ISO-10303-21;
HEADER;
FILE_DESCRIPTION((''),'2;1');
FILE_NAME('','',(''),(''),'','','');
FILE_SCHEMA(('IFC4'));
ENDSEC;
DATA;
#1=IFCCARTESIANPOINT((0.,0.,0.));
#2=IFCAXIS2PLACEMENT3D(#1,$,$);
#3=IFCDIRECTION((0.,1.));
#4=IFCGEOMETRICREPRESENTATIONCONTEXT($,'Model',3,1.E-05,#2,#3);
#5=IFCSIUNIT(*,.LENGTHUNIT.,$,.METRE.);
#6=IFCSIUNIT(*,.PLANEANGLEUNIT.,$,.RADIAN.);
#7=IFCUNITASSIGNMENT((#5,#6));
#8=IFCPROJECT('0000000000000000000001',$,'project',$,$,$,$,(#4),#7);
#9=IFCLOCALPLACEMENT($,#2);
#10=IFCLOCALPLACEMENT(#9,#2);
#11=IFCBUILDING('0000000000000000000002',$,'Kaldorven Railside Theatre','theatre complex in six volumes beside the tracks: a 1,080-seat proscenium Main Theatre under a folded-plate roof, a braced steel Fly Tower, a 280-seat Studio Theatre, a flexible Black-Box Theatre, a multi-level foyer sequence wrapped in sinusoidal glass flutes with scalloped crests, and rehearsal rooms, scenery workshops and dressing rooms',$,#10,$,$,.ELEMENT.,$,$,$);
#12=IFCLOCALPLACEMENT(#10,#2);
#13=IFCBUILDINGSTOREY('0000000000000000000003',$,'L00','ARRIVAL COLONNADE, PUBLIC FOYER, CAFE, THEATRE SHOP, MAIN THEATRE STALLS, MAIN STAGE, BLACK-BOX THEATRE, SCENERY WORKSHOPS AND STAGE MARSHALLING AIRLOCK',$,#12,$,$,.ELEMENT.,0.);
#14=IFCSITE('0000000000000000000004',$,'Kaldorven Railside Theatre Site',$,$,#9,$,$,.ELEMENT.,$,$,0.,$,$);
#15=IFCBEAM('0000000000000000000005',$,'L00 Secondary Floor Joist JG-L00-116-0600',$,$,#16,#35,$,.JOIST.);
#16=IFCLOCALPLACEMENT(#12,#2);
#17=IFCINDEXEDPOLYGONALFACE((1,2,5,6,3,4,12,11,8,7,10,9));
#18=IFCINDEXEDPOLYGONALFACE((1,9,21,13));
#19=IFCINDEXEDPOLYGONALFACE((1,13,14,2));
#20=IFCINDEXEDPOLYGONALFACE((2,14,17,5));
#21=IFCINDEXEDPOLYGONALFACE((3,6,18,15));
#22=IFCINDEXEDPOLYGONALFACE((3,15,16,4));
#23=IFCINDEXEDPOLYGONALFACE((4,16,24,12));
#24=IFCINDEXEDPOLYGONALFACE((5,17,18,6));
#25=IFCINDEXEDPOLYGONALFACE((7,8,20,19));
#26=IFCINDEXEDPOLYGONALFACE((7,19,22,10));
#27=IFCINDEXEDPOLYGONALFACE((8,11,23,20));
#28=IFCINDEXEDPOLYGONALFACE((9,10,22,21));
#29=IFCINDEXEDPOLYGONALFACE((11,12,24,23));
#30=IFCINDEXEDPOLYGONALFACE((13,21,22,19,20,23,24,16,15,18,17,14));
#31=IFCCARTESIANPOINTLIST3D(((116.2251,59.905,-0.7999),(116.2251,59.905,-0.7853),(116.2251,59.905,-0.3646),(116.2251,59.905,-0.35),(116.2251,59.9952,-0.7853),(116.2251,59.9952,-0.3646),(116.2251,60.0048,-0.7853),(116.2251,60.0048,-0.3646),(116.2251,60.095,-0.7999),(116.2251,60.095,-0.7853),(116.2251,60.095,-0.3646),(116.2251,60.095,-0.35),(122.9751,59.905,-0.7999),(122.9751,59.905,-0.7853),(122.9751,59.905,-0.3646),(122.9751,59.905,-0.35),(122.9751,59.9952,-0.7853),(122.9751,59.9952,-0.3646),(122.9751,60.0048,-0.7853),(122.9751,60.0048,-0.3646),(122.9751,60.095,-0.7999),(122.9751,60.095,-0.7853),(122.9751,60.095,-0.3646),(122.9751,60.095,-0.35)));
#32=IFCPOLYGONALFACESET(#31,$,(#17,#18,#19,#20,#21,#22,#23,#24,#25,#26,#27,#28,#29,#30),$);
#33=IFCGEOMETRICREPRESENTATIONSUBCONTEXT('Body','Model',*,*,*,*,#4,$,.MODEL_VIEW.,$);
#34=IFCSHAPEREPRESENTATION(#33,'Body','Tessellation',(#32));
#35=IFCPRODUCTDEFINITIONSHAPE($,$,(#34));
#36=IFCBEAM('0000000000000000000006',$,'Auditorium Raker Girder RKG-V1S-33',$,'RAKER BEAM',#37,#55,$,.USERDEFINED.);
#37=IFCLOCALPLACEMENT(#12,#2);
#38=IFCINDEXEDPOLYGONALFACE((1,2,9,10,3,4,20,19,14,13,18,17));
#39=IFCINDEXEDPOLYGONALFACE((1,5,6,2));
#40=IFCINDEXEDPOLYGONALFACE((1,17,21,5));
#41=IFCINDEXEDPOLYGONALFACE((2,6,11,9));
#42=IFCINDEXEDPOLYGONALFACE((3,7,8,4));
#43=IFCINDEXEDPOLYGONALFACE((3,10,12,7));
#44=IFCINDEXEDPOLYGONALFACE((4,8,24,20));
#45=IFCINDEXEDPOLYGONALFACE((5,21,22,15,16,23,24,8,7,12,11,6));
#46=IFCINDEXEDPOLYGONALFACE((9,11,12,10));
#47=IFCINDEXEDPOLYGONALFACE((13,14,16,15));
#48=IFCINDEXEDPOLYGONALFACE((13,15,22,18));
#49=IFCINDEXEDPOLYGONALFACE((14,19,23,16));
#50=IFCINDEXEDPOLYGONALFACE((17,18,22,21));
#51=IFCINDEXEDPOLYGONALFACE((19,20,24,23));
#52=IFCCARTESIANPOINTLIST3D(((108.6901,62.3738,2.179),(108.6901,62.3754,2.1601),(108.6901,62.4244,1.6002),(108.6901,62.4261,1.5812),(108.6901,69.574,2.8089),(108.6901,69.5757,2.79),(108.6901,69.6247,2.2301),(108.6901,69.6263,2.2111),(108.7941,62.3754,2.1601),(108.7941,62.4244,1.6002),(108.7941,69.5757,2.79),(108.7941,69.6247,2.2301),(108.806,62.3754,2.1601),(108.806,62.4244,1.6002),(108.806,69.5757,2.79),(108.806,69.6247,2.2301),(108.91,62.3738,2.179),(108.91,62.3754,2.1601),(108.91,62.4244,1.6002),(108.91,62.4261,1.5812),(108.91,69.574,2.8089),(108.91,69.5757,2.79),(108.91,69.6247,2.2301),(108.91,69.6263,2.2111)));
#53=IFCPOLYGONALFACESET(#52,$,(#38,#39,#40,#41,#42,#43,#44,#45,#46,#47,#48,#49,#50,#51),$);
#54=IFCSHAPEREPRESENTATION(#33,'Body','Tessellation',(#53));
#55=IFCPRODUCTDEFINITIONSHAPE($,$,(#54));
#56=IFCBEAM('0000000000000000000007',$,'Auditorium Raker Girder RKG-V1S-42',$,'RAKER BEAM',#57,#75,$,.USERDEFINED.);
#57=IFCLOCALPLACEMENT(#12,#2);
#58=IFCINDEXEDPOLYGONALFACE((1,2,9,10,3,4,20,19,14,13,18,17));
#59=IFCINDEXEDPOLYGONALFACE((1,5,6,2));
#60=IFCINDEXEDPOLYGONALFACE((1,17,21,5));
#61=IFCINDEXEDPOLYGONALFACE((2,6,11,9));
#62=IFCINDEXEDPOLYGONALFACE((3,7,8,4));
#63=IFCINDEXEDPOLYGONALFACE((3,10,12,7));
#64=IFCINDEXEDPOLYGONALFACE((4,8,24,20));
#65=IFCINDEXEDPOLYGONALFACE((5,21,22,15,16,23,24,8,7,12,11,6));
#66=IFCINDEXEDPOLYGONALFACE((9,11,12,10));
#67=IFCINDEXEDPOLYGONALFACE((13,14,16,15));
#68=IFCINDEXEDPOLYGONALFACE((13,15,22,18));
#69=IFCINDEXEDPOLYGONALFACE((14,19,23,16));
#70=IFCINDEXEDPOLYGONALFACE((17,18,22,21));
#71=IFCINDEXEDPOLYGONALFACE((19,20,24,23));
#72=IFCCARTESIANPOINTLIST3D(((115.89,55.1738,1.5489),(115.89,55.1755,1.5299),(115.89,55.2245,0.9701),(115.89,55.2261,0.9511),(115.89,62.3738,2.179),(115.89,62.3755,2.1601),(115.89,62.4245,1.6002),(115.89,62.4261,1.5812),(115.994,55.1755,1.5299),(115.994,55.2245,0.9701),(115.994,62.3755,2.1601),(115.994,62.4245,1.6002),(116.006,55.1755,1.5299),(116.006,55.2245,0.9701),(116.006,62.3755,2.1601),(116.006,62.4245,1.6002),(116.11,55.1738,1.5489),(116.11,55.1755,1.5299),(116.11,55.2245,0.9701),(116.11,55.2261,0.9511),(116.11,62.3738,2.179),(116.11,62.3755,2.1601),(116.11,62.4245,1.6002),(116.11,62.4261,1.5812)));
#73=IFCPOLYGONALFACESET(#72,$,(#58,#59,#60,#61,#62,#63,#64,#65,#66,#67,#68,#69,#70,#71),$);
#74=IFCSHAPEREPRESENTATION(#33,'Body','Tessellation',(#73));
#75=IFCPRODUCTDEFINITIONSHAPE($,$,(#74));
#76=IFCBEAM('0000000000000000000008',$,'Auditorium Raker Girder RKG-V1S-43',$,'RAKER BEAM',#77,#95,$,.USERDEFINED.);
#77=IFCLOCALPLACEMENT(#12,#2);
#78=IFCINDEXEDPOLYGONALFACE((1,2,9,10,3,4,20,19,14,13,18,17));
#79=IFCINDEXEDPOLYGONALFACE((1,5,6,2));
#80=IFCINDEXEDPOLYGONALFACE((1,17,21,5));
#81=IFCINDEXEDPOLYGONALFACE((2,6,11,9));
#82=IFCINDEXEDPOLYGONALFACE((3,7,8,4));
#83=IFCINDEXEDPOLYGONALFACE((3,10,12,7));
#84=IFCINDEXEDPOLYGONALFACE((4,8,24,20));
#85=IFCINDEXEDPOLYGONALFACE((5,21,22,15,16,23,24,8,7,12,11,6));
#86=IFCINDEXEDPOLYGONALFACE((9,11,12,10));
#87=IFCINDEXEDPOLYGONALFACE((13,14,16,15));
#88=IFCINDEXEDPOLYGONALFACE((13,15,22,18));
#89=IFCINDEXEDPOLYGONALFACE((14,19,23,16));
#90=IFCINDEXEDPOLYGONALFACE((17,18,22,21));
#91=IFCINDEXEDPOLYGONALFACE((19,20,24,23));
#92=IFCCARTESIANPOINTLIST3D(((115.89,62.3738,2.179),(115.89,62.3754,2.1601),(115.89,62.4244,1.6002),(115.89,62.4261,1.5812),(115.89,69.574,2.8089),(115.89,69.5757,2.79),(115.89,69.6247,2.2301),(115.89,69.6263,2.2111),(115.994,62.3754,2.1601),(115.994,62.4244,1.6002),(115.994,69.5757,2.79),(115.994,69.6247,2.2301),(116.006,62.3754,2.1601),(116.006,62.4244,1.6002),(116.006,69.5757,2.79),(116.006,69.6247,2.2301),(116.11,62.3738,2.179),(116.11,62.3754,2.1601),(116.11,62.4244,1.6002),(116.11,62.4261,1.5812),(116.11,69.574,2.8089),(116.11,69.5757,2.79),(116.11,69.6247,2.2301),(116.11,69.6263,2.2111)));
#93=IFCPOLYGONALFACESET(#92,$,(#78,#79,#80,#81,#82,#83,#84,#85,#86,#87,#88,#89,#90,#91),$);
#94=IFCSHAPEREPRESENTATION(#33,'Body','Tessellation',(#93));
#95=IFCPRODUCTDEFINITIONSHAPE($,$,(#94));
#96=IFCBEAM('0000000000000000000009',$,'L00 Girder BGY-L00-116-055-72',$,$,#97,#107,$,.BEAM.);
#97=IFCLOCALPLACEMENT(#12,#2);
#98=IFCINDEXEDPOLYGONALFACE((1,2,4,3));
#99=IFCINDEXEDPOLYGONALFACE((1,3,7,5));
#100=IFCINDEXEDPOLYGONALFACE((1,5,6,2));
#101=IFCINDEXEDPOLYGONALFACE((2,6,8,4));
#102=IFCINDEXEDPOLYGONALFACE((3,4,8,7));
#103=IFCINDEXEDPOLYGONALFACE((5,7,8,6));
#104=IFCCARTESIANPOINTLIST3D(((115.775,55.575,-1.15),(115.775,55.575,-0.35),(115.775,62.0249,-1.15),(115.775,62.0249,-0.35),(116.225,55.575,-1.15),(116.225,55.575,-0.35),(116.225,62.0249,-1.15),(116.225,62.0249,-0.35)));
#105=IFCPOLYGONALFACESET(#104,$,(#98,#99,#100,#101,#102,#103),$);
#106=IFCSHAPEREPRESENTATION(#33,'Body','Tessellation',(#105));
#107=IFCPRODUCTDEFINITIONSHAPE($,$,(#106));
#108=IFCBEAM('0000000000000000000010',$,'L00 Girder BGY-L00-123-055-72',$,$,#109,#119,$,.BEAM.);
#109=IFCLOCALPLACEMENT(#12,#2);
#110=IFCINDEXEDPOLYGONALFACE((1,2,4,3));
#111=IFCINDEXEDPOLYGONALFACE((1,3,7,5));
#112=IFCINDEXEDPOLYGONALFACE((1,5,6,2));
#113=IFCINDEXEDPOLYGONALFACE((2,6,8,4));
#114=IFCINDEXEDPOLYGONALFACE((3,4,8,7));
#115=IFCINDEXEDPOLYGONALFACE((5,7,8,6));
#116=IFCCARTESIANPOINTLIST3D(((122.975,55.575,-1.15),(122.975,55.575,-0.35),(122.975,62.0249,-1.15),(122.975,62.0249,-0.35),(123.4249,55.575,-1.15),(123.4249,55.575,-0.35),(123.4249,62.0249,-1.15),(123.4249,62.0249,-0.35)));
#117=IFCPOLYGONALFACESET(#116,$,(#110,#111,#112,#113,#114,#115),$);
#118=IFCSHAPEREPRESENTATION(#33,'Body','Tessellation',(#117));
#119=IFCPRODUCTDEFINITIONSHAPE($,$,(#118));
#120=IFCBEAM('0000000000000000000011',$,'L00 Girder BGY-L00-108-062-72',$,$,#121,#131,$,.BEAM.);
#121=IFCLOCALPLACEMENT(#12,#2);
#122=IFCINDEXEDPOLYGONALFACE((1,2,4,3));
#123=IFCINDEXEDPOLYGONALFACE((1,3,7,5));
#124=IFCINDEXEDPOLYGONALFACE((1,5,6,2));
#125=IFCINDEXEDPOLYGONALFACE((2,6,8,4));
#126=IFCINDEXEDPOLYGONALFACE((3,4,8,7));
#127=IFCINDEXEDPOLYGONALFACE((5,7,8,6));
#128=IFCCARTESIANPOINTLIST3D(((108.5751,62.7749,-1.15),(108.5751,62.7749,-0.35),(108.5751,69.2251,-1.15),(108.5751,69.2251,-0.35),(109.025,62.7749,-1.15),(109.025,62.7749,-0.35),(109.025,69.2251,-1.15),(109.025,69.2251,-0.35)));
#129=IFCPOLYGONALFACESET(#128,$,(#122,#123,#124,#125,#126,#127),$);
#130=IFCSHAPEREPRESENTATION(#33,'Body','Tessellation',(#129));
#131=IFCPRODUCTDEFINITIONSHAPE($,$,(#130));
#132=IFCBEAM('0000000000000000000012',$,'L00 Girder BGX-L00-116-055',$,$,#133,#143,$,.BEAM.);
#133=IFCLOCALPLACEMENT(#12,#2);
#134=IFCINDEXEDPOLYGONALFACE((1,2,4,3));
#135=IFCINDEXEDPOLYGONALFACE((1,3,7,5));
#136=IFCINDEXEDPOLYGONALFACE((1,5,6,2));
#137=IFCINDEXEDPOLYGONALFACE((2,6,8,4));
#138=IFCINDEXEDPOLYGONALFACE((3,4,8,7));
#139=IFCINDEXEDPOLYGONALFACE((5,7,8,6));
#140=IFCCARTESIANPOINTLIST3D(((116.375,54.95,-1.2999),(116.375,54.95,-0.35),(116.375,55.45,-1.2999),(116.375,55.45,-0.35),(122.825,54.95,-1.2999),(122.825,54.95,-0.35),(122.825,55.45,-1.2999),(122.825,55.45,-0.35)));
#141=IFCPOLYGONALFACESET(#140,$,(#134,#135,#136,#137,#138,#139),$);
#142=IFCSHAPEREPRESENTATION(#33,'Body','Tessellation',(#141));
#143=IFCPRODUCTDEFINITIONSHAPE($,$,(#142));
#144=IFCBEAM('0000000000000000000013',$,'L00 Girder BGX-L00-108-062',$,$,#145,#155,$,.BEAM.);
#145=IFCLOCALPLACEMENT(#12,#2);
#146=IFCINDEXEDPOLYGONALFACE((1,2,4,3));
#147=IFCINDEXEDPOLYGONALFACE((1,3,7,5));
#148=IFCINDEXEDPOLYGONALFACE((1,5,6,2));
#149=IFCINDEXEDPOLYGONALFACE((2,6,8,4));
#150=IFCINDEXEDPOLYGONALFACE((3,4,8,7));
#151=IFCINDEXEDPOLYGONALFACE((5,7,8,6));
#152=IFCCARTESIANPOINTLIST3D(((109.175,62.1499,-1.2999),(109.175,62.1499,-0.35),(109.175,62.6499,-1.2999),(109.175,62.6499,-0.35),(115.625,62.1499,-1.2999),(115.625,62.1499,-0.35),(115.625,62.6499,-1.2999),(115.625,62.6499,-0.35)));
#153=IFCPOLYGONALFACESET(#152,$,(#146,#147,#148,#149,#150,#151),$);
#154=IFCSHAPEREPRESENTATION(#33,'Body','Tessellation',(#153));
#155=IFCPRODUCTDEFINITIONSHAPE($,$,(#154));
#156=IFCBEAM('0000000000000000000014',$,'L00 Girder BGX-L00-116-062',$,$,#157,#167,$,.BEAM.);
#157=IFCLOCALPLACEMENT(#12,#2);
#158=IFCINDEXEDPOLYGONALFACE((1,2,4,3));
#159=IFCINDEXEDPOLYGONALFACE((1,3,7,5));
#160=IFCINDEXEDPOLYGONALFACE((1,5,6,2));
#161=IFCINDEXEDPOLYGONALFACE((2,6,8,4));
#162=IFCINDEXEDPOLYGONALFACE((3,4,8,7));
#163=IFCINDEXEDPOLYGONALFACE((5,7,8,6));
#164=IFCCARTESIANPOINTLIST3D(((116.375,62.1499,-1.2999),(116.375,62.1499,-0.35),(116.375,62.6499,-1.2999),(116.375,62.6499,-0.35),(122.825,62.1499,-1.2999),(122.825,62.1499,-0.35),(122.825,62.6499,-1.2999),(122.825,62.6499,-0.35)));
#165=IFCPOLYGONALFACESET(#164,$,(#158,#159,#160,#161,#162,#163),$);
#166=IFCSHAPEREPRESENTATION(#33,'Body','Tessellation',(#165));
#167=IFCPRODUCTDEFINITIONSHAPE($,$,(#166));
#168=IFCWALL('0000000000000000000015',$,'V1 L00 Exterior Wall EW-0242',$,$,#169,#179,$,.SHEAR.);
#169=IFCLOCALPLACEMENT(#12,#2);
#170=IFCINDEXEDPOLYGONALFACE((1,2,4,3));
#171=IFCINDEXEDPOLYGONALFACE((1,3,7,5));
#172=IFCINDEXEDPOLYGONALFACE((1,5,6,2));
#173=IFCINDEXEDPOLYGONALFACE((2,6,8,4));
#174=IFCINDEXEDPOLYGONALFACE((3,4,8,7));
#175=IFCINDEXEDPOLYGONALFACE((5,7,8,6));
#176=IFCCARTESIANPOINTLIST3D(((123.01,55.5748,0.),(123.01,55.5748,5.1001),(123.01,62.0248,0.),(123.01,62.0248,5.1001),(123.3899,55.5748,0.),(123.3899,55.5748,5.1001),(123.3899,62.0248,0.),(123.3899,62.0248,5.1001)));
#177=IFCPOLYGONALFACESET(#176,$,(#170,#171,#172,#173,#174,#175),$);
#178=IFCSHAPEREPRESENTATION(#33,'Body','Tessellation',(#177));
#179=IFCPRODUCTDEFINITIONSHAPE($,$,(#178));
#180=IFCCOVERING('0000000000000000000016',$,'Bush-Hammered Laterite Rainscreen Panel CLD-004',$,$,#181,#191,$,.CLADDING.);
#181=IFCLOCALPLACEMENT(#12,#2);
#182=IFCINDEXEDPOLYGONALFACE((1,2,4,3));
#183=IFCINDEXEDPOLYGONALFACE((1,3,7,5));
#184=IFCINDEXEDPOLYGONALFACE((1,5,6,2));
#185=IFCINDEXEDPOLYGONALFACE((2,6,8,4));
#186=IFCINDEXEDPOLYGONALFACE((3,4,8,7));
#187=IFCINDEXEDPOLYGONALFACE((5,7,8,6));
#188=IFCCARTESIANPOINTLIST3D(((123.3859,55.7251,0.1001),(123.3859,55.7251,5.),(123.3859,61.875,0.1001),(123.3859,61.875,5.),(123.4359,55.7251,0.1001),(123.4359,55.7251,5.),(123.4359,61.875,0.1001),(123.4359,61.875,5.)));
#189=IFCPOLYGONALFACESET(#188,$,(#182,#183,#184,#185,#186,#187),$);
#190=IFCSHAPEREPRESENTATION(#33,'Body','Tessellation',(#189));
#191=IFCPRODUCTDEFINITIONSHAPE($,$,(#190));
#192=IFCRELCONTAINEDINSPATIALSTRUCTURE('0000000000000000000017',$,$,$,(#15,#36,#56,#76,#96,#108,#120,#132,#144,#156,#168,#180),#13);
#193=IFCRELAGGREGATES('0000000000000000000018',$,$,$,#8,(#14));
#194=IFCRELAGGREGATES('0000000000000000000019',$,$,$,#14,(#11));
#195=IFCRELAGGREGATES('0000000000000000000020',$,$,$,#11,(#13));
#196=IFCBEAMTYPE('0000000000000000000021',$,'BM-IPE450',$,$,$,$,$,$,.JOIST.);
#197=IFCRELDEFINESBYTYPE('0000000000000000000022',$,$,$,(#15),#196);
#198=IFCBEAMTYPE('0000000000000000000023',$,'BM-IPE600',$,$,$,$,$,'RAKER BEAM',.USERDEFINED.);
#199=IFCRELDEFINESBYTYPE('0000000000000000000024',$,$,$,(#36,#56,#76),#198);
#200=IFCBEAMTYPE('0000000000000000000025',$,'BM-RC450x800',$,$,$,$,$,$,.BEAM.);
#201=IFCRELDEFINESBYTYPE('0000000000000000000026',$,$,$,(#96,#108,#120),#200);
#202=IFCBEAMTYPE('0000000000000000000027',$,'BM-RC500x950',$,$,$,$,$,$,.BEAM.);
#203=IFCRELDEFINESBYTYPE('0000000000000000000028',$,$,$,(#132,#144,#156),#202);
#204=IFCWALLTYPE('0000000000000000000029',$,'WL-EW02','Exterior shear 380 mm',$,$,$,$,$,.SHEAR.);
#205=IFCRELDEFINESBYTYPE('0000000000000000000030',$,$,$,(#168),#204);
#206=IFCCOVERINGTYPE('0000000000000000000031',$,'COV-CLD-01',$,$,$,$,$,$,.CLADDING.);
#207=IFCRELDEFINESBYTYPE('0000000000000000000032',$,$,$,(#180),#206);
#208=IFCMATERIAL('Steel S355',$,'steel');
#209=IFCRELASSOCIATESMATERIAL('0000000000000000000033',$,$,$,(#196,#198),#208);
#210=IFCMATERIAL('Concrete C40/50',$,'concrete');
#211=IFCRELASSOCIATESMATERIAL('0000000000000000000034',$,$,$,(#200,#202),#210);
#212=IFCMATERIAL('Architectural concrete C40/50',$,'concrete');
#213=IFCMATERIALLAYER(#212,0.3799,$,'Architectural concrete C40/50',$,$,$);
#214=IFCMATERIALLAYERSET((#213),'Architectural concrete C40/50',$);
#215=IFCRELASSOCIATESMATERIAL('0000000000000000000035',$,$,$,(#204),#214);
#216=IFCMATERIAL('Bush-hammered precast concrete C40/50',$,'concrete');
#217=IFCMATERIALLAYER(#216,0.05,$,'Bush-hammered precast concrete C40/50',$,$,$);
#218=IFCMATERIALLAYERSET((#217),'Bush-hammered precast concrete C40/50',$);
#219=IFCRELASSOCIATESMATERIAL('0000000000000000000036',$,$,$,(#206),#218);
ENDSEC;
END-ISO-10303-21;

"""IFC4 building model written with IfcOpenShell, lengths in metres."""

from ifc_helpers import new_model, si_unit, direction, frame, frame_2d, origin, origin_2d, place, context, subcontext, project, spatial, rectangle, i_section, extrude, material, layer, layer_set, material_profile, profile_set, type_object, element, save


model = new_model("IFC4")

# Units and contexts
model_context = context("Model", 3, precision=1e-05, world=origin(), true_north=direction((0.0, 1.0)))
body_context = subcontext(model_context, "Body", "Model", "MODEL_VIEW")
ifc_project = project(units=[si_unit("LENGTHUNIT", "METRE"), si_unit("PLANEANGLEUNIT", "RADIAN")], contexts=[model_context])

# Site, building, storey
site_placement = place(None, origin())
site = spatial("IfcSite", under=ifc_project, at=site_placement, Name="Kaldorven Railside Theatre Site", CompositionType="ELEMENT", RefElevation=0.0)
building_placement = place(site_placement, origin())
building = spatial("IfcBuilding", under=site, at=building_placement, Name="Kaldorven Railside Theatre", Description="theatre complex in six volumes beside the tracks: a 1,080-seat proscenium Main Theatre under a folded-plate roof, a braced steel Fly Tower, a 280-seat Studio Theatre, a flexible Black-Box Theatre, a multi-level foyer sequence wrapped in sinusoidal glass flutes with scalloped crests, and rehearsal rooms, scenery workshops and dressing rooms", CompositionType="ELEMENT")
storey_placement = place(building_placement, origin())
storey = spatial("IfcBuildingStorey", under=building, at=storey_placement, Name="L00", Description="ARRIVAL COLONNADE, PUBLIC FOYER, CAFE, THEATRE SHOP, MAIN THEATRE STALLS, MAIN STAGE, BLACK-BOX THEATRE, SCENERY WORKSHOPS AND STAGE MARSHALLING AIRLOCK", CompositionType="ELEMENT", Elevation=0.0)

# Shared definitions
ifc_material_1 = material(Name="Steel S355", Category="steel")
ifc_material_2 = material(Name="Concrete C40/50", Category="concrete")

# Beams
ifc_material_profile_1 = material_profile(ifc_material_1, i_section(OverallWidth=0.1899, OverallDepth=0.45, WebThickness=0.0095, FlangeThickness=0.0146, at=origin_2d()), Name="IPE 450")
ifc_profile_set_1 = profile_set([ifc_material_profile_1], Name="Steel S355")
beam_type_1 = type_object("IfcBeamType", Name="BM-IPE450", PredefinedType="JOIST", material=ifc_profile_set_1)
for number, where, z_axis, x_axis, name in (
    (1, (116.2251, 60.0, -0.575), (1.0, 0.0, 0.0), (0.0, 1.0, 0.0), "L00 Secondary Floor Joist JG-L00-116-0600"),
):
    element("IfcBeam", number, at=place(storey_placement, frame(where, z_axis=z_axis, x_axis=x_axis)), inside=storey, type_object=beam_type_1, Name=name, PredefinedType="JOIST", context=body_context, shape_type="SweptSolid", body=[
        extrude(i_section(OverallWidth=0.1899, OverallDepth=0.45, WebThickness=0.0095, FlangeThickness=0.0146, at=origin_2d()), origin(), (0.0, 0.0, 1.0), 6.75),
    ])
ifc_material_profile_2 = material_profile(ifc_material_1, i_section(OverallWidth=0.22, OverallDepth=0.6001, WebThickness=0.012, FlangeThickness=0.019, at=origin_2d()), Name="IPE 600")
ifc_profile_set_2 = profile_set([ifc_material_profile_2], Name="Steel S355")
beam_type_2 = type_object("IfcBeamType", Name="BM-IPE600", ElementType="RAKER BEAM", PredefinedType="USERDEFINED", material=ifc_profile_set_2)
beam_1_placement = place(storey_placement, frame((108.8, 62.3999, 1.8801), z_axis=(0.0, 0.996195, 0.087149), x_axis=(-1.0, 0.0, 0.0)))
element("IfcBeam", 2, at=beam_1_placement, inside=storey, type_object=beam_type_2, Name="Auditorium Raker Girder RKG-V1S-33", ObjectType="RAKER BEAM", PredefinedType="USERDEFINED", context=body_context, shape_type="SweptSolid", body=[
    extrude(i_section(OverallWidth=0.22, OverallDepth=0.6001, WebThickness=0.012, FlangeThickness=0.019, at=origin_2d()), origin(), (0.0, 0.0, 1.0), 7.2278),
])
beam_2_placement = place(storey_placement, frame((116.0, 55.2, 1.25), z_axis=(0.0, 0.996192, 0.087185), x_axis=(-1.0, 0.0, 0.0)))
element("IfcBeam", 3, at=beam_2_placement, inside=storey, type_object=beam_type_2, Name="Auditorium Raker Girder RKG-V1S-42", ObjectType="RAKER BEAM", PredefinedType="USERDEFINED", context=body_context, shape_type="SweptSolid", body=[
    extrude(i_section(OverallWidth=0.22, OverallDepth=0.6001, WebThickness=0.012, FlangeThickness=0.019, at=origin_2d()), origin(), (0.0, 0.0, 1.0), 7.2275),
])
beam_3_placement = place(storey_placement, frame((116.0, 62.3999, 1.8801), z_axis=(0.0, 0.996195, 0.087149), x_axis=(-1.0, 0.0, 0.0)))
element("IfcBeam", 4, at=beam_3_placement, inside=storey, type_object=beam_type_2, Name="Auditorium Raker Girder RKG-V1S-43", ObjectType="RAKER BEAM", PredefinedType="USERDEFINED", context=body_context, shape_type="SweptSolid", body=[
    extrude(i_section(OverallWidth=0.22, OverallDepth=0.6001, WebThickness=0.012, FlangeThickness=0.019, at=origin_2d()), origin(), (0.0, 0.0, 1.0), 7.2278),
])
ifc_material_profile_3 = material_profile(ifc_material_2, rectangle(XDim=0.45, YDim=0.8, at=origin_2d()), Name="RC 450x800")
ifc_profile_set_3 = profile_set([ifc_material_profile_3], Name="Concrete C40/50")
beam_type_3 = type_object("IfcBeamType", Name="BM-RC450x800", PredefinedType="BEAM", material=ifc_profile_set_3)
for number, where, z_axis, x_axis, name in (
    (5, (116.0, 55.575, -0.75), (0.0, 1.0, 0.0), (-1.0, 0.0, 0.0), "L00 Girder BGY-L00-116-055-72"),
    (6, (123.2, 55.575, -0.75), (0.0, 1.0, 0.0), (-1.0, 0.0, 0.0), "L00 Girder BGY-L00-123-055-72"),
):
    element("IfcBeam", number, at=place(storey_placement, frame(where, z_axis=z_axis, x_axis=x_axis)), inside=storey, type_object=beam_type_3, Name=name, PredefinedType="BEAM", context=body_context, shape_type="SweptSolid", body=[
        extrude(rectangle(XDim=0.45, YDim=0.8, at=origin_2d()), origin(), (0.0, 0.0, 1.0), 6.45),
    ])
beam_4_placement = place(storey_placement, frame((108.8, 62.7749, -0.75), z_axis=(0.0, 1.0, 0.0), x_axis=(-1.0, 0.0, 0.0)))
element("IfcBeam", 7, at=beam_4_placement, inside=storey, type_object=beam_type_3, Name="L00 Girder BGY-L00-108-062-72", PredefinedType="BEAM", context=body_context, shape_type="SweptSolid", body=[
    extrude(rectangle(XDim=0.45, YDim=0.8, at=origin_2d()), origin(), (0.0, 0.0, 1.0), 6.4502),
])
ifc_material_profile_4 = material_profile(ifc_material_2, rectangle(XDim=0.5, YDim=0.95, at=origin_2d()), Name="RC 500x950")
ifc_profile_set_4 = profile_set([ifc_material_profile_4], Name="Concrete C40/50")
beam_type_4 = type_object("IfcBeamType", Name="BM-RC500x950", PredefinedType="BEAM", material=ifc_profile_set_4)
for number, where, z_axis, x_axis, name in (
    (8, (116.375, 55.2, -0.825), (1.0, 0.0, 0.0), (0.0, 1.0, 0.0), "L00 Girder BGX-L00-116-055"),
    (9, (109.175, 62.3999, -0.825), (1.0, 0.0, 0.0), (0.0, 1.0, 0.0), "L00 Girder BGX-L00-108-062"),
    (10, (116.375, 62.3999, -0.825), (1.0, 0.0, 0.0), (0.0, 1.0, 0.0), "L00 Girder BGX-L00-116-062"),
):
    element("IfcBeam", number, at=place(storey_placement, frame(where, z_axis=z_axis, x_axis=x_axis)), inside=storey, type_object=beam_type_4, Name=name, PredefinedType="BEAM", context=body_context, shape_type="SweptSolid", body=[
        extrude(rectangle(XDim=0.5, YDim=0.95, at=origin_2d()), origin(), (0.0, 0.0, 1.0), 6.45),
    ])

# Wall
ifc_material_3 = material(Name="Architectural concrete C40/50", Category="concrete")
ifc_layer_1 = layer(ifc_material_3, 0.3799, Name="Architectural concrete C40/50")
ifc_layer_set_1 = layer_set([ifc_layer_1], Name="Architectural concrete C40/50")
wall_type = type_object("IfcWallType", Name="WL-EW02", Description="Exterior shear 380 mm", PredefinedType="SHEAR", material=ifc_layer_set_1)
wall_placement = place(storey_placement, frame((123.2, 62.0249, 0.0), z_axis=(0.0, 0.0, 1.0), x_axis=(0.0, -1.0, 0.0)))
element("IfcWall", 11, at=wall_placement, inside=storey, type_object=wall_type, Name="V1 L00 Exterior Wall EW-0242", PredefinedType="SHEAR", context=body_context, shape_type="SweptSolid", body=[
    extrude(rectangle(XDim=6.45, YDim=0.3799, at=frame_2d((3.2251, 0.0))), origin(), (0.0, 0.0, 1.0), 5.1001),
])

# Covering
ifc_material_4 = material(Name="Bush-hammered precast concrete C40/50", Category="concrete")
ifc_layer_2 = layer(ifc_material_4, 0.05, Name="Bush-hammered precast concrete C40/50")
ifc_layer_set_2 = layer_set([ifc_layer_2], Name="Bush-hammered precast concrete C40/50")
covering_type = type_object("IfcCoveringType", Name="COV-CLD-01", PredefinedType="CLADDING", material=ifc_layer_set_2)
covering_placement = place(storey_placement, frame((123.4109, 58.8, 0.1001), z_axis=(0.0, 0.0, 1.0), x_axis=(0.0, -1.0, 0.0)))
element("IfcCovering", 12, at=covering_placement, inside=storey, type_object=covering_type, Name="Bush-Hammered Laterite Rainscreen Panel CLD-004", PredefinedType="CLADDING", context=body_context, shape_type="SweptSolid", body=[
    extrude(rectangle(XDim=6.1499, YDim=0.05, at=origin_2d()), origin(), (0.0, 0.0, 1.0), 4.8999),
])

save(model, "model.ifc")
